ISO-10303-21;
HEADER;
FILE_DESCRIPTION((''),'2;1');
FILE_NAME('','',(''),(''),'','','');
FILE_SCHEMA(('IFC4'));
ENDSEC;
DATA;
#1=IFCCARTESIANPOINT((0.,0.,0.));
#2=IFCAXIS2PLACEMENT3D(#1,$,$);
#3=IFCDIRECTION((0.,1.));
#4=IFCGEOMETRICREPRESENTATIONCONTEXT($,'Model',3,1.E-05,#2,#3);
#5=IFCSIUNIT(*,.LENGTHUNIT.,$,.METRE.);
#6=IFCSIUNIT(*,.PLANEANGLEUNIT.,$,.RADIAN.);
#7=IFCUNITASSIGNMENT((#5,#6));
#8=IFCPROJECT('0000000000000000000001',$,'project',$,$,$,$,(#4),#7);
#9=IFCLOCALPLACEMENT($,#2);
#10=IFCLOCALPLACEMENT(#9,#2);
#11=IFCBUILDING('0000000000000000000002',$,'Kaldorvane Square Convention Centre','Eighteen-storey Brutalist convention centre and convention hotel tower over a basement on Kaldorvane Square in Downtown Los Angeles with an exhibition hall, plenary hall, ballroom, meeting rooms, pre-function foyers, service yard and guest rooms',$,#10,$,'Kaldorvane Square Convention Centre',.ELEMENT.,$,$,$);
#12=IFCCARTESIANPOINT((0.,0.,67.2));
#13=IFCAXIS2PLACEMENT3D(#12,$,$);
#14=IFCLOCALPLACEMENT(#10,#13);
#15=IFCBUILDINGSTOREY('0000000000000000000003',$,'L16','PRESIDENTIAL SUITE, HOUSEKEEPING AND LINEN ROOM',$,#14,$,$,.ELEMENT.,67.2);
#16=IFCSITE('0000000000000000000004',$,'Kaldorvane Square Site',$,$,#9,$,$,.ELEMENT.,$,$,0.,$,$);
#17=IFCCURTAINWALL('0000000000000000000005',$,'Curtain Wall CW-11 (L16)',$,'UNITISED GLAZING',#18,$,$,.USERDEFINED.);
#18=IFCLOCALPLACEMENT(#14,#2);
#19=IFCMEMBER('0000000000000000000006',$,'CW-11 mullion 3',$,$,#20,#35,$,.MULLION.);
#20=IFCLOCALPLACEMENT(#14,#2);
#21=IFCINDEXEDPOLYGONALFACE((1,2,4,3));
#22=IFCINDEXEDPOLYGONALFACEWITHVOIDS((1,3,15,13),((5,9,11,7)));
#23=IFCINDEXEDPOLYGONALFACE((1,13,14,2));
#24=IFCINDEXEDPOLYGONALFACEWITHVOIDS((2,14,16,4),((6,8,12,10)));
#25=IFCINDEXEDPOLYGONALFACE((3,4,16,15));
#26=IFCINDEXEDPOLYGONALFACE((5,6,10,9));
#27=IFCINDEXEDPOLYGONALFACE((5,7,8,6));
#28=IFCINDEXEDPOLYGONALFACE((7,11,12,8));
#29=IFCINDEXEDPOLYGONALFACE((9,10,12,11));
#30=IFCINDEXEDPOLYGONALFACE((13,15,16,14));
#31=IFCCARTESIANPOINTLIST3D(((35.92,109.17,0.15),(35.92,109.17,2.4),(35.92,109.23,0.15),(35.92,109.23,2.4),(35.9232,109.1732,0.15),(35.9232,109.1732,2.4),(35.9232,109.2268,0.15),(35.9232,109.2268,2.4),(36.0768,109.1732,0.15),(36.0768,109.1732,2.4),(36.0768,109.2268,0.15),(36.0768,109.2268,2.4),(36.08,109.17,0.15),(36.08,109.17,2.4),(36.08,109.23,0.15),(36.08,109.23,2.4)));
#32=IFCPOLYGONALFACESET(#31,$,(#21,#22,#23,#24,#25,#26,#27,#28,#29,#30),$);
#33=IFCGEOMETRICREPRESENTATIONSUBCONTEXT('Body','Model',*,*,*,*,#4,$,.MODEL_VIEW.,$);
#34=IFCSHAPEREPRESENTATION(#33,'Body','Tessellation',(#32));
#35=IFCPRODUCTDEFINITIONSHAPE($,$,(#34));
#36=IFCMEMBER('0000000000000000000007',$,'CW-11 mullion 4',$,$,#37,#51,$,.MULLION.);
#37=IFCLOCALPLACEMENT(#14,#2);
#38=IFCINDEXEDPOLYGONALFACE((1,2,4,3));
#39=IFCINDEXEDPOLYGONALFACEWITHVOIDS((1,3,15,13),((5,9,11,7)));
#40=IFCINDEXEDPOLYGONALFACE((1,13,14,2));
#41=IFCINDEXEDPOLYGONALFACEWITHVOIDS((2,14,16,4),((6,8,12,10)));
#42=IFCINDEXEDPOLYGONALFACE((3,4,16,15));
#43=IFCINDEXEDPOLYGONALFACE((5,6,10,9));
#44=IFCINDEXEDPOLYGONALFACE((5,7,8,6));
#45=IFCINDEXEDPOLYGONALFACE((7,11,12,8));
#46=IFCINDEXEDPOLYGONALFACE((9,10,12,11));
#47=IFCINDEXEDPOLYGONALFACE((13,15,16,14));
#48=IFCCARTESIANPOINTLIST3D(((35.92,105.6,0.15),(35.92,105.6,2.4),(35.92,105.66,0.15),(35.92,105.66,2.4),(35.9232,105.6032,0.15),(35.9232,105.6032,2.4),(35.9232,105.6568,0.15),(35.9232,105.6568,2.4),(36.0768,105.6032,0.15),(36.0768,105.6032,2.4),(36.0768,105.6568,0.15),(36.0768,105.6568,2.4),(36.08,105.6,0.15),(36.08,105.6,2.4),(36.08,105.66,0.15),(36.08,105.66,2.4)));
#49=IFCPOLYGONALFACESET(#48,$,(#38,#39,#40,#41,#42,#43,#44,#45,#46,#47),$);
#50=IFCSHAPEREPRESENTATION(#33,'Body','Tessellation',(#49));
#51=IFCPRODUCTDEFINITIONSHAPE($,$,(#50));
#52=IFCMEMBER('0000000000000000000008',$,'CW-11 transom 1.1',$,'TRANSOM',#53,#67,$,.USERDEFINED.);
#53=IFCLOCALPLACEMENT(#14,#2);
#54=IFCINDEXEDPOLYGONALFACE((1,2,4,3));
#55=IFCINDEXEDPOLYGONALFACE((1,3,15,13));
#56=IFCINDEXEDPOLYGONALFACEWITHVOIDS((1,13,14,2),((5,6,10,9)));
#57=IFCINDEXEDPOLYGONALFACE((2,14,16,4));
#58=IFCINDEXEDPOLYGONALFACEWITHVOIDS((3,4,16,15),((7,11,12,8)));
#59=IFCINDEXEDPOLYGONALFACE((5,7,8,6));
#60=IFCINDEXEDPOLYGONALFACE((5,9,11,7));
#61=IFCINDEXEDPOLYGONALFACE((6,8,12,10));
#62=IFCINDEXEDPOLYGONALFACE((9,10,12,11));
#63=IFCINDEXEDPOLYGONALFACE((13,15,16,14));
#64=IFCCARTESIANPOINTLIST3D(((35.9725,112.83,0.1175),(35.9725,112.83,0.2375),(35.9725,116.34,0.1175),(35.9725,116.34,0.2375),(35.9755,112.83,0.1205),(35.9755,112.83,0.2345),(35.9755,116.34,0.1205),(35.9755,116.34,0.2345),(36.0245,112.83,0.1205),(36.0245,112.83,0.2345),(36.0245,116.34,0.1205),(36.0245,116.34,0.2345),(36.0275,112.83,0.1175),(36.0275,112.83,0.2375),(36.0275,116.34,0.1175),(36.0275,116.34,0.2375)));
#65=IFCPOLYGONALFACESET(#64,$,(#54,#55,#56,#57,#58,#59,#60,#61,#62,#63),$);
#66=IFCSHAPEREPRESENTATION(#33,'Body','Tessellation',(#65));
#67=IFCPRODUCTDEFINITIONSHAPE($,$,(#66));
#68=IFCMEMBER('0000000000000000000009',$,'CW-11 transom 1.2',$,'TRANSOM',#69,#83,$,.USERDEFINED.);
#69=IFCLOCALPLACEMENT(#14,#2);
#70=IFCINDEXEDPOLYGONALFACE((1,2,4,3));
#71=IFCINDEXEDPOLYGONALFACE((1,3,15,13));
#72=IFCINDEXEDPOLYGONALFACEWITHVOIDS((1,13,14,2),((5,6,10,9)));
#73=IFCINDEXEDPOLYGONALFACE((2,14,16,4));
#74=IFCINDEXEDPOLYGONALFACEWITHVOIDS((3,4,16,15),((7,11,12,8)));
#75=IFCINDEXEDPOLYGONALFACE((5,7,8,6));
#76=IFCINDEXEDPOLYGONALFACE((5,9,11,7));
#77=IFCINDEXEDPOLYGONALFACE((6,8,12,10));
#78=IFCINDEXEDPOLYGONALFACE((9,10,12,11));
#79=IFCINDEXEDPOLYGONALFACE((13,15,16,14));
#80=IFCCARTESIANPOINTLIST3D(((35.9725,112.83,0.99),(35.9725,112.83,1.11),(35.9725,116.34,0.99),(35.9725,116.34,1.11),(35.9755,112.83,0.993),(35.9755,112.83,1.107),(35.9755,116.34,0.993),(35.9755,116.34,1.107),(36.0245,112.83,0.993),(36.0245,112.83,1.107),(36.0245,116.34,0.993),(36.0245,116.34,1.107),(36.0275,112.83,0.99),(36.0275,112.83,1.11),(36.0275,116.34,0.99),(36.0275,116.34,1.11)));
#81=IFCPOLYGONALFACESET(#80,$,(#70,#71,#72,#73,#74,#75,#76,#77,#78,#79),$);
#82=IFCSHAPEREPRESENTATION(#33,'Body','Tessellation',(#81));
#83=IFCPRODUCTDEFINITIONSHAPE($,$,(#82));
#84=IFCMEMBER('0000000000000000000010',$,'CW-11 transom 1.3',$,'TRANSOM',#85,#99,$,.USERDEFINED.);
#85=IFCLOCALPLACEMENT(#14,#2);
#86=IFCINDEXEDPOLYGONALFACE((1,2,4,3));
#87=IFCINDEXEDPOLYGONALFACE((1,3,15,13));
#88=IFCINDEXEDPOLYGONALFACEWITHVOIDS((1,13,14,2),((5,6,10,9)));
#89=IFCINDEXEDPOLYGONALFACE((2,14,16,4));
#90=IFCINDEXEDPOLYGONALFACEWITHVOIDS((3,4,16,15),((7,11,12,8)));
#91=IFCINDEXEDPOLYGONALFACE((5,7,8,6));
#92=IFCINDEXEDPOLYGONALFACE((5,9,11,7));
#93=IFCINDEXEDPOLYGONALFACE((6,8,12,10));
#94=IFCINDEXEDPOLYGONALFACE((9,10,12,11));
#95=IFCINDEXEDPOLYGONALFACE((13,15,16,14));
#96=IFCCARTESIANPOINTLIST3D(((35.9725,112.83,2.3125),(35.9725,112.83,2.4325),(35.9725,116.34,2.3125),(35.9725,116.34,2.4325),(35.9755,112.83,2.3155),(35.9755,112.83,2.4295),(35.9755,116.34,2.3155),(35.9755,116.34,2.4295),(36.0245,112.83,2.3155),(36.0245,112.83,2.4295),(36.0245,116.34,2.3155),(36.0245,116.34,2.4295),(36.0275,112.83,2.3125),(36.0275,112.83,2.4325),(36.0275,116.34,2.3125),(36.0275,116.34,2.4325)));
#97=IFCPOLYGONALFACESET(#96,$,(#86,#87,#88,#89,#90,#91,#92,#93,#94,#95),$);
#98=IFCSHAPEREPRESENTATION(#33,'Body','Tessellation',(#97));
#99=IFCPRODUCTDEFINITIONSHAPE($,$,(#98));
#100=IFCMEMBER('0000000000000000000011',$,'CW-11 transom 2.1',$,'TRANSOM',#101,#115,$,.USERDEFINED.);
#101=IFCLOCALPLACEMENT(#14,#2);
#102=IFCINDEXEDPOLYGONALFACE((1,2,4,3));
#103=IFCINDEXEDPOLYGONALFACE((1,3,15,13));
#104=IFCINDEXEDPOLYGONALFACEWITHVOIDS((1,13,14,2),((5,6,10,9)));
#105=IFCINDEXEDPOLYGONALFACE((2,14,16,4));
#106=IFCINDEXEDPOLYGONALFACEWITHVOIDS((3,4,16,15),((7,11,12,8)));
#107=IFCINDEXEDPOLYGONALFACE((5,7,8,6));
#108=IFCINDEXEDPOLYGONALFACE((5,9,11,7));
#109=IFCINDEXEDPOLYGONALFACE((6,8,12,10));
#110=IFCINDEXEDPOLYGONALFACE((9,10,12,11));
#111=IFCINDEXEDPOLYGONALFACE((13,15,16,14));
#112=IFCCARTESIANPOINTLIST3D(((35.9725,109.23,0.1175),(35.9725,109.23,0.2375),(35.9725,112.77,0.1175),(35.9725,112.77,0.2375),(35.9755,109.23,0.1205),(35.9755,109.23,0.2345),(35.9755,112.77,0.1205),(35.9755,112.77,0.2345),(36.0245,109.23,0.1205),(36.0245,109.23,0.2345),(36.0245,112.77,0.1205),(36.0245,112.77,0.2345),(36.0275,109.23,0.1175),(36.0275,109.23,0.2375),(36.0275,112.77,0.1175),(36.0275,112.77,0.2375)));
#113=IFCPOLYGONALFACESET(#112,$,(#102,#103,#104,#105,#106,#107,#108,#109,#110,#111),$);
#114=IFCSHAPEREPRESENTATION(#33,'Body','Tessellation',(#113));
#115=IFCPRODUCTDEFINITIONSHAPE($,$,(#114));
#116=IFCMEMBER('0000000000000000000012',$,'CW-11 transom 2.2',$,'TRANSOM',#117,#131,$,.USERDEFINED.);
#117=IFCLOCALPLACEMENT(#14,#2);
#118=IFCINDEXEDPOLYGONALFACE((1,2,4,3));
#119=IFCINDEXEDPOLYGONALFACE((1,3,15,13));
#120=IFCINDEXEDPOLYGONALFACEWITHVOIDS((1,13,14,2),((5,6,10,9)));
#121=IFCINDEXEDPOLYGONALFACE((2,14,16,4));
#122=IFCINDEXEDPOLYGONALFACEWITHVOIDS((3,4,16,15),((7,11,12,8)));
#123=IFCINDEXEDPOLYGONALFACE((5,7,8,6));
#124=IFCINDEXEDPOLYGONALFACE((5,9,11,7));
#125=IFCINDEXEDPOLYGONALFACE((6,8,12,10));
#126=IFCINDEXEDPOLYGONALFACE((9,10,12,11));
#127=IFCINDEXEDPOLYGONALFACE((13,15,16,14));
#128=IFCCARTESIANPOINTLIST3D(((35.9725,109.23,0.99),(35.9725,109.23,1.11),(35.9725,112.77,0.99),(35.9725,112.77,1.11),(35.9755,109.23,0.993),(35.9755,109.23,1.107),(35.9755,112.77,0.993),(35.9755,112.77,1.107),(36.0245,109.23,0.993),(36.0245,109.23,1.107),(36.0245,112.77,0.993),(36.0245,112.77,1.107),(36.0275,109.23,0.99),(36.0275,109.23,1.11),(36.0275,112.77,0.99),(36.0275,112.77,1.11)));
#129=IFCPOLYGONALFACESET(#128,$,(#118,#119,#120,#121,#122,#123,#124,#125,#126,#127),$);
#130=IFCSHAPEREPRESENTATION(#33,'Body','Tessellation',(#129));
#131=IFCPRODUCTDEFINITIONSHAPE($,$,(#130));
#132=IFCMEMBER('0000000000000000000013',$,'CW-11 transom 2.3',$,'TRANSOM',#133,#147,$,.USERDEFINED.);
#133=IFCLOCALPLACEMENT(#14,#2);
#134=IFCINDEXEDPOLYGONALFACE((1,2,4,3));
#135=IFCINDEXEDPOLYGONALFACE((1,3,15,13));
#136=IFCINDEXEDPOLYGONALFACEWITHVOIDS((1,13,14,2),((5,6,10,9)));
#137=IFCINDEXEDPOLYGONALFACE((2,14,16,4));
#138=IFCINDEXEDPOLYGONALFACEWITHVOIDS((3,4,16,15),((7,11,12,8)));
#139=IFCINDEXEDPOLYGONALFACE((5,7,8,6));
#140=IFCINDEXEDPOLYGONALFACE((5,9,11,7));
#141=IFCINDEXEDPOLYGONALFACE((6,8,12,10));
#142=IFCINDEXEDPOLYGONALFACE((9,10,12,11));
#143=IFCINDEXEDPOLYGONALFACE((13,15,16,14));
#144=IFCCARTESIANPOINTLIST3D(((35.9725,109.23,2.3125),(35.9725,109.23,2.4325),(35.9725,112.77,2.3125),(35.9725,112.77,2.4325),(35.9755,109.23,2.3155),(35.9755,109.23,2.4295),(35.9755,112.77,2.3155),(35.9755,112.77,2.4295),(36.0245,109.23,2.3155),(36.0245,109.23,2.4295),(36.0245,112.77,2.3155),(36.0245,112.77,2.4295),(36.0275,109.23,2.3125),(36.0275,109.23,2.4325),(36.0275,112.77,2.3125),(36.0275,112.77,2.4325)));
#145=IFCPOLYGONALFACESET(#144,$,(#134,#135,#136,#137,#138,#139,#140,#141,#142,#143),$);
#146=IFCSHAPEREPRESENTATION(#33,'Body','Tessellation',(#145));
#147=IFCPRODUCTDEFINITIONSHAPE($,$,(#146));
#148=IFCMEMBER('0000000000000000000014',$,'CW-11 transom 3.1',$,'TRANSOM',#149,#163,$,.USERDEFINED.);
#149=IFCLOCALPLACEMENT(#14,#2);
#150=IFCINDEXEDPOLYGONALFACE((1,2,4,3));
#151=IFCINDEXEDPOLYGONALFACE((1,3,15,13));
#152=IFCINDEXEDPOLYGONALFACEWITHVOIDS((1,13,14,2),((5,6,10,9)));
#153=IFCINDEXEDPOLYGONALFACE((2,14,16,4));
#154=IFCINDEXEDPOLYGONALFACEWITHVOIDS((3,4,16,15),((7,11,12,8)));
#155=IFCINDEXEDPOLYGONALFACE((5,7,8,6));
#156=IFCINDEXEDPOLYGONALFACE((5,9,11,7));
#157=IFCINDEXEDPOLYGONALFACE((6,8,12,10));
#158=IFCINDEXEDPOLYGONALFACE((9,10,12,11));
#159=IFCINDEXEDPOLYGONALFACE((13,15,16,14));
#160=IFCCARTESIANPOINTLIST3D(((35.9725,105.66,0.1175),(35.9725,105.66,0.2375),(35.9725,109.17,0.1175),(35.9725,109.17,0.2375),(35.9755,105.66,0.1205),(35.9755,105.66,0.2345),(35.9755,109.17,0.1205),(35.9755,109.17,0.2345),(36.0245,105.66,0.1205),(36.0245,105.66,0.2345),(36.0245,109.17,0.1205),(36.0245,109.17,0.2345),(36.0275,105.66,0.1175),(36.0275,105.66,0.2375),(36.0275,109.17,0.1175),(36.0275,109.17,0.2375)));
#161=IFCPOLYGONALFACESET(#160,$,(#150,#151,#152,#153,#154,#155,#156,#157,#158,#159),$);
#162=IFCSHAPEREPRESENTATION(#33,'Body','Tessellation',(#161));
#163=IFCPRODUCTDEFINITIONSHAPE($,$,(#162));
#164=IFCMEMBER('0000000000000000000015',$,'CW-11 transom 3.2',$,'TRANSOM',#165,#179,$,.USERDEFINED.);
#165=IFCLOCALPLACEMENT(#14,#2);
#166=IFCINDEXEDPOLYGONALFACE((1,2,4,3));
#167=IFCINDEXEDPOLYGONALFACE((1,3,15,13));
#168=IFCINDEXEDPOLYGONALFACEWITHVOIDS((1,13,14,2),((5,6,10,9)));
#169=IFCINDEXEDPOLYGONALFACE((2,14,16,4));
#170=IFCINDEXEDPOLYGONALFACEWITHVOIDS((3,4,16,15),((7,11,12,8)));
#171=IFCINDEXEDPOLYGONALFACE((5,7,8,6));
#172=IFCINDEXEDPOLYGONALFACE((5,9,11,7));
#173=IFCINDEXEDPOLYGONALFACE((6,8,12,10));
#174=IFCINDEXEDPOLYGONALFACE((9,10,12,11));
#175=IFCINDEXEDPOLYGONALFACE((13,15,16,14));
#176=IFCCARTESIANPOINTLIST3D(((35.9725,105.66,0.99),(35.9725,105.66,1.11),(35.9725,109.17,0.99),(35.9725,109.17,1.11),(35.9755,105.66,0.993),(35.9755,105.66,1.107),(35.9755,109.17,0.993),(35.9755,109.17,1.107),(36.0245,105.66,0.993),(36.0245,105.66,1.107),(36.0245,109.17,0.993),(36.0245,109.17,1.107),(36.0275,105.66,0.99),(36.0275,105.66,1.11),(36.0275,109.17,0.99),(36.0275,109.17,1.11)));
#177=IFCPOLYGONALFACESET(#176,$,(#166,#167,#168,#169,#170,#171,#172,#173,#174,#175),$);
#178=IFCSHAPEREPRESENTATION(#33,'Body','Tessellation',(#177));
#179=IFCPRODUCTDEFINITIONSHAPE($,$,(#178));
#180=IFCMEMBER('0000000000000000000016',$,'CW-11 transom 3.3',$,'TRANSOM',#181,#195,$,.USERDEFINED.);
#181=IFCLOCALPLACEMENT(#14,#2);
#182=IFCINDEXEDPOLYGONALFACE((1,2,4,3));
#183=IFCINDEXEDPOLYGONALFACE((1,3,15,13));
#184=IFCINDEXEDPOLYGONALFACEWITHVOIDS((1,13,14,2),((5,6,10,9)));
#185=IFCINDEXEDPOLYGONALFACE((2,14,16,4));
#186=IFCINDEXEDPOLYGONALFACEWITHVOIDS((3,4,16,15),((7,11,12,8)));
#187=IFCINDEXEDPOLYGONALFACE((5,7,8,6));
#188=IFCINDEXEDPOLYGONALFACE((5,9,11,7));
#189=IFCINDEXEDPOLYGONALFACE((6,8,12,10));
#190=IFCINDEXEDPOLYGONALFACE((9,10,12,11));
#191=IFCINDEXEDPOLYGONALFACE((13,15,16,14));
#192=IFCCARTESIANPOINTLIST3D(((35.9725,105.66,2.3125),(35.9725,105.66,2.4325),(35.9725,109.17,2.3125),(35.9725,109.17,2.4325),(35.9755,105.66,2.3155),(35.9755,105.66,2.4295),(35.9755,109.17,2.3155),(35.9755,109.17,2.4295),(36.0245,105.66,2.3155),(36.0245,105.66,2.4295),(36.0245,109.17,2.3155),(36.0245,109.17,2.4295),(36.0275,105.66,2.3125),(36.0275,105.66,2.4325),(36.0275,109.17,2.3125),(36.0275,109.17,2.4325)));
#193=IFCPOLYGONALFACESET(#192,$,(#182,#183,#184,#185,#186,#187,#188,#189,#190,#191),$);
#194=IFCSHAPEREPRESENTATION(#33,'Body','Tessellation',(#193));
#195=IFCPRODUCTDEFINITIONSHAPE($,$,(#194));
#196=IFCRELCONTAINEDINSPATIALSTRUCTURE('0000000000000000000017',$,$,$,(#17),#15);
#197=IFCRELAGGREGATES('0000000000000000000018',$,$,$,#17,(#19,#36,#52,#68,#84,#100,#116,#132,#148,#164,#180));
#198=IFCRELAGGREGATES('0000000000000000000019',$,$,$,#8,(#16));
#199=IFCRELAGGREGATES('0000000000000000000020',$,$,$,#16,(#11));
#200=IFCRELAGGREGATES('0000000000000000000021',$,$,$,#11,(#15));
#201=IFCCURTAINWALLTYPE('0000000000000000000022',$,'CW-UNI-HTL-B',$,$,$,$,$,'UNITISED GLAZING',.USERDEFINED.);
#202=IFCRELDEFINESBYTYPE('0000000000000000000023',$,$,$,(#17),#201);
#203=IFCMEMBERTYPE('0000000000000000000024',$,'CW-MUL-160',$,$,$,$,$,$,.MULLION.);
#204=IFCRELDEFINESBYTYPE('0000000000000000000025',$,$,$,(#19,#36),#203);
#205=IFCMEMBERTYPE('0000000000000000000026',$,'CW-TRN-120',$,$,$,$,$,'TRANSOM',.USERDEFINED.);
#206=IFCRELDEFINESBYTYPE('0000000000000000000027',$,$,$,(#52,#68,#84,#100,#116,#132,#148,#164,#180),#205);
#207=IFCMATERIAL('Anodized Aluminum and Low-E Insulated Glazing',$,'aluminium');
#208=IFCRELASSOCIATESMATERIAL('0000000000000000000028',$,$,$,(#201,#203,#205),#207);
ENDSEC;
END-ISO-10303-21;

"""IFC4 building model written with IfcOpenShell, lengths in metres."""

from ifc_helpers import new_model, si_unit, direction, frame, origin, origin_2d, place, context, subcontext, project, spatial, hollow_rectangle, extrude, material, material_profile, profile_set, type_object, element, aggregate, save


model = new_model("IFC4")

# Units and contexts
model_context = context("Model", 3, precision=1e-05, world=origin(), true_north=direction((0.0, 1.0)))
body_context = subcontext(model_context, "Body", "Model", "MODEL_VIEW")
ifc_project = project(units=[si_unit("LENGTHUNIT", "METRE"), si_unit("PLANEANGLEUNIT", "RADIAN")], contexts=[model_context])

# Site, building, storey
site_placement = place(None, origin())
site = spatial("IfcSite", under=ifc_project, at=site_placement, Name="Kaldorvane Square Site", CompositionType="ELEMENT", RefElevation=0.0)
building_placement = place(site_placement, origin())
building = spatial("IfcBuilding", under=site, at=building_placement, Name="Kaldorvane Square Convention Centre", Description="Eighteen-storey Brutalist convention centre and convention hotel tower over a basement on Kaldorvane Square in Downtown Los Angeles with an exhibition hall, plenary hall, ballroom, meeting rooms, pre-function foyers, service yard and guest rooms", LongName="Kaldorvane Square Convention Centre", CompositionType="ELEMENT")
storey_placement = place(building_placement, frame((0.0, 0.0, 67.2)))
storey = spatial("IfcBuildingStorey", under=building, at=storey_placement, Name="L16", Description="PRESIDENTIAL SUITE, HOUSEKEEPING AND LINEN ROOM", CompositionType="ELEMENT", Elevation=67.2)

# Curtain wall, members
ifc_material_1 = material(Name="Anodized Aluminum and Low-E Insulated Glazing", Category="aluminium")
curtain_wall_type = type_object("IfcCurtainWallType", Name="CW-UNI-HTL-B", ElementType="UNITISED GLAZING", PredefinedType="USERDEFINED", material=ifc_material_1)
curtain_wall_placement = place(storey_placement, origin())
curtain_wall = element("IfcCurtainWall", 1, at=curtain_wall_placement, inside=storey, type_object=curtain_wall_type, Name="Curtain Wall CW-11 (L16)", ObjectType="UNITISED GLAZING", PredefinedType="USERDEFINED")
ifc_material_profile_1 = material_profile(ifc_material_1, hollow_rectangle(XDim=0.06, YDim=0.16, WallThickness=0.0032, at=origin_2d()), Name="CWM-160X60")
ifc_profile_set_1 = profile_set([ifc_material_profile_1], Name="Anodized Aluminum and Low-E Insulated Glazing")
member_type_1 = type_object("IfcMemberType", Name="CW-MUL-160", PredefinedType="MULLION", material=ifc_profile_set_1)
member_1_placement = place(storey_placement, frame((36.0, 109.2, 0.15), z_axis=(0.0, 0.0, 1.0), x_axis=(0.0, -1.0, 0.0)))
member_1 = element("IfcMember", 2, at=member_1_placement, type_object=member_type_1, Name="CW-11 mullion 3", PredefinedType="MULLION", context=body_context, shape_type="SweptSolid", body=[
    extrude(hollow_rectangle(XDim=0.06, YDim=0.16, WallThickness=0.0032, at=origin_2d()), origin(), (0.0, 0.0, 1.0), 2.25),
])
member_2_placement = place(storey_placement, frame((36.0, 105.63, 0.15), z_axis=(0.0, 0.0, 1.0), x_axis=(0.0, -1.0, 0.0)))
member_2 = element("IfcMember", 3, at=member_2_placement, type_object=member_type_1, Name="CW-11 mullion 4", PredefinedType="MULLION", context=body_context, shape_type="SweptSolid", body=[
    extrude(hollow_rectangle(XDim=0.06, YDim=0.16, WallThickness=0.0032, at=origin_2d()), origin(), (0.0, 0.0, 1.0), 2.25),
])
ifc_material_profile_2 = material_profile(ifc_material_1, hollow_rectangle(XDim=0.055, YDim=0.12, WallThickness=0.003, at=origin_2d()), Name="CWT-120X55")
ifc_profile_set_2 = profile_set([ifc_material_profile_2], Name="Anodized Aluminum and Low-E Insulated Glazing")
member_type_2 = type_object("IfcMemberType", Name="CW-TRN-120", ElementType="TRANSOM", PredefinedType="USERDEFINED", material=ifc_profile_set_2)
member_3_placement = place(storey_placement, frame((36.0, 116.34, 0.1775), z_axis=(0.0, -1.0, 0.0), x_axis=(1.0, 0.0, 0.0)))
member_3 = element("IfcMember", 4, at=member_3_placement, type_object=member_type_2, Name="CW-11 transom 1.1", ObjectType="TRANSOM", PredefinedType="USERDEFINED", context=body_context, shape_type="SweptSolid", body=[
    extrude(hollow_rectangle(XDim=0.055, YDim=0.12, WallThickness=0.003, at=origin_2d()), origin(), (0.0, 0.0, 1.0), 3.51),
])
member_4_placement = place(storey_placement, frame((36.0, 116.34, 1.05), z_axis=(0.0, -1.0, 0.0), x_axis=(1.0, 0.0, 0.0)))
member_4 = element("IfcMember", 5, at=member_4_placement, type_object=member_type_2, Name="CW-11 transom 1.2", ObjectType="TRANSOM", PredefinedType="USERDEFINED", context=body_context, shape_type="SweptSolid", body=[
    extrude(hollow_rectangle(XDim=0.055, YDim=0.12, WallThickness=0.003, at=origin_2d()), origin(), (0.0, 0.0, 1.0), 3.51),
])
member_5_placement = place(storey_placement, frame((36.0, 116.34, 2.3725), z_axis=(0.0, -1.0, 0.0), x_axis=(1.0, 0.0, 0.0)))
member_5 = element("IfcMember", 6, at=member_5_placement, type_object=member_type_2, Name="CW-11 transom 1.3", ObjectType="TRANSOM", PredefinedType="USERDEFINED", context=body_context, shape_type="SweptSolid", body=[
    extrude(hollow_rectangle(XDim=0.055, YDim=0.12, WallThickness=0.003, at=origin_2d()), origin(), (0.0, 0.0, 1.0), 3.51),
])
member_6_placement = place(storey_placement, frame((36.0, 112.77, 0.1775), z_axis=(0.0, -1.0, 0.0), x_axis=(1.0, 0.0, 0.0)))
member_6 = element("IfcMember", 7, at=member_6_placement, type_object=member_type_2, Name="CW-11 transom 2.1", ObjectType="TRANSOM", PredefinedType="USERDEFINED", context=body_context, shape_type="SweptSolid", body=[
    extrude(hollow_rectangle(XDim=0.055, YDim=0.12, WallThickness=0.003, at=origin_2d()), origin(), (0.0, 0.0, 1.0), 3.54),
])
member_7_placement = place(storey_placement, frame((36.0, 112.77, 1.05), z_axis=(0.0, -1.0, 0.0), x_axis=(1.0, 0.0, 0.0)))
member_7 = element("IfcMember", 8, at=member_7_placement, type_object=member_type_2, Name="CW-11 transom 2.2", ObjectType="TRANSOM", PredefinedType="USERDEFINED", context=body_context, shape_type="SweptSolid", body=[
    extrude(hollow_rectangle(XDim=0.055, YDim=0.12, WallThickness=0.003, at=origin_2d()), origin(), (0.0, 0.0, 1.0), 3.54),
])
member_8_placement = place(storey_placement, frame((36.0, 112.77, 2.3725), z_axis=(0.0, -1.0, 0.0), x_axis=(1.0, 0.0, 0.0)))
member_8 = element("IfcMember", 9, at=member_8_placement, type_object=member_type_2, Name="CW-11 transom 2.3", ObjectType="TRANSOM", PredefinedType="USERDEFINED", context=body_context, shape_type="SweptSolid", body=[
    extrude(hollow_rectangle(XDim=0.055, YDim=0.12, WallThickness=0.003, at=origin_2d()), origin(), (0.0, 0.0, 1.0), 3.54),
])
member_9_placement = place(storey_placement, frame((36.0, 109.17, 0.1775), z_axis=(0.0, -1.0, 0.0), x_axis=(1.0, 0.0, 0.0)))
member_9 = element("IfcMember", 10, at=member_9_placement, type_object=member_type_2, Name="CW-11 transom 3.1", ObjectType="TRANSOM", PredefinedType="USERDEFINED", context=body_context, shape_type="SweptSolid", body=[
    extrude(hollow_rectangle(XDim=0.055, YDim=0.12, WallThickness=0.003, at=origin_2d()), origin(), (0.0, 0.0, 1.0), 3.51),
])
member_10_placement = place(storey_placement, frame((36.0, 109.17, 1.05), z_axis=(0.0, -1.0, 0.0), x_axis=(1.0, 0.0, 0.0)))
member_10 = element("IfcMember", 11, at=member_10_placement, type_object=member_type_2, Name="CW-11 transom 3.2", ObjectType="TRANSOM", PredefinedType="USERDEFINED", context=body_context, shape_type="SweptSolid", body=[
    extrude(hollow_rectangle(XDim=0.055, YDim=0.12, WallThickness=0.003, at=origin_2d()), origin(), (0.0, 0.0, 1.0), 3.51),
])
member_11_placement = place(storey_placement, frame((36.0, 109.17, 2.3725), z_axis=(0.0, -1.0, 0.0), x_axis=(1.0, 0.0, 0.0)))
member_11 = element("IfcMember", 12, at=member_11_placement, type_object=member_type_2, Name="CW-11 transom 3.3", ObjectType="TRANSOM", PredefinedType="USERDEFINED", context=body_context, shape_type="SweptSolid", body=[
    extrude(hollow_rectangle(XDim=0.055, YDim=0.12, WallThickness=0.003, at=origin_2d()), origin(), (0.0, 0.0, 1.0), 3.51),
])
aggregate(curtain_wall, [member_1, member_2, member_3, member_4, member_5, member_6, member_7, member_8, member_9, member_10, member_11])

save(model, "model.ifc")
